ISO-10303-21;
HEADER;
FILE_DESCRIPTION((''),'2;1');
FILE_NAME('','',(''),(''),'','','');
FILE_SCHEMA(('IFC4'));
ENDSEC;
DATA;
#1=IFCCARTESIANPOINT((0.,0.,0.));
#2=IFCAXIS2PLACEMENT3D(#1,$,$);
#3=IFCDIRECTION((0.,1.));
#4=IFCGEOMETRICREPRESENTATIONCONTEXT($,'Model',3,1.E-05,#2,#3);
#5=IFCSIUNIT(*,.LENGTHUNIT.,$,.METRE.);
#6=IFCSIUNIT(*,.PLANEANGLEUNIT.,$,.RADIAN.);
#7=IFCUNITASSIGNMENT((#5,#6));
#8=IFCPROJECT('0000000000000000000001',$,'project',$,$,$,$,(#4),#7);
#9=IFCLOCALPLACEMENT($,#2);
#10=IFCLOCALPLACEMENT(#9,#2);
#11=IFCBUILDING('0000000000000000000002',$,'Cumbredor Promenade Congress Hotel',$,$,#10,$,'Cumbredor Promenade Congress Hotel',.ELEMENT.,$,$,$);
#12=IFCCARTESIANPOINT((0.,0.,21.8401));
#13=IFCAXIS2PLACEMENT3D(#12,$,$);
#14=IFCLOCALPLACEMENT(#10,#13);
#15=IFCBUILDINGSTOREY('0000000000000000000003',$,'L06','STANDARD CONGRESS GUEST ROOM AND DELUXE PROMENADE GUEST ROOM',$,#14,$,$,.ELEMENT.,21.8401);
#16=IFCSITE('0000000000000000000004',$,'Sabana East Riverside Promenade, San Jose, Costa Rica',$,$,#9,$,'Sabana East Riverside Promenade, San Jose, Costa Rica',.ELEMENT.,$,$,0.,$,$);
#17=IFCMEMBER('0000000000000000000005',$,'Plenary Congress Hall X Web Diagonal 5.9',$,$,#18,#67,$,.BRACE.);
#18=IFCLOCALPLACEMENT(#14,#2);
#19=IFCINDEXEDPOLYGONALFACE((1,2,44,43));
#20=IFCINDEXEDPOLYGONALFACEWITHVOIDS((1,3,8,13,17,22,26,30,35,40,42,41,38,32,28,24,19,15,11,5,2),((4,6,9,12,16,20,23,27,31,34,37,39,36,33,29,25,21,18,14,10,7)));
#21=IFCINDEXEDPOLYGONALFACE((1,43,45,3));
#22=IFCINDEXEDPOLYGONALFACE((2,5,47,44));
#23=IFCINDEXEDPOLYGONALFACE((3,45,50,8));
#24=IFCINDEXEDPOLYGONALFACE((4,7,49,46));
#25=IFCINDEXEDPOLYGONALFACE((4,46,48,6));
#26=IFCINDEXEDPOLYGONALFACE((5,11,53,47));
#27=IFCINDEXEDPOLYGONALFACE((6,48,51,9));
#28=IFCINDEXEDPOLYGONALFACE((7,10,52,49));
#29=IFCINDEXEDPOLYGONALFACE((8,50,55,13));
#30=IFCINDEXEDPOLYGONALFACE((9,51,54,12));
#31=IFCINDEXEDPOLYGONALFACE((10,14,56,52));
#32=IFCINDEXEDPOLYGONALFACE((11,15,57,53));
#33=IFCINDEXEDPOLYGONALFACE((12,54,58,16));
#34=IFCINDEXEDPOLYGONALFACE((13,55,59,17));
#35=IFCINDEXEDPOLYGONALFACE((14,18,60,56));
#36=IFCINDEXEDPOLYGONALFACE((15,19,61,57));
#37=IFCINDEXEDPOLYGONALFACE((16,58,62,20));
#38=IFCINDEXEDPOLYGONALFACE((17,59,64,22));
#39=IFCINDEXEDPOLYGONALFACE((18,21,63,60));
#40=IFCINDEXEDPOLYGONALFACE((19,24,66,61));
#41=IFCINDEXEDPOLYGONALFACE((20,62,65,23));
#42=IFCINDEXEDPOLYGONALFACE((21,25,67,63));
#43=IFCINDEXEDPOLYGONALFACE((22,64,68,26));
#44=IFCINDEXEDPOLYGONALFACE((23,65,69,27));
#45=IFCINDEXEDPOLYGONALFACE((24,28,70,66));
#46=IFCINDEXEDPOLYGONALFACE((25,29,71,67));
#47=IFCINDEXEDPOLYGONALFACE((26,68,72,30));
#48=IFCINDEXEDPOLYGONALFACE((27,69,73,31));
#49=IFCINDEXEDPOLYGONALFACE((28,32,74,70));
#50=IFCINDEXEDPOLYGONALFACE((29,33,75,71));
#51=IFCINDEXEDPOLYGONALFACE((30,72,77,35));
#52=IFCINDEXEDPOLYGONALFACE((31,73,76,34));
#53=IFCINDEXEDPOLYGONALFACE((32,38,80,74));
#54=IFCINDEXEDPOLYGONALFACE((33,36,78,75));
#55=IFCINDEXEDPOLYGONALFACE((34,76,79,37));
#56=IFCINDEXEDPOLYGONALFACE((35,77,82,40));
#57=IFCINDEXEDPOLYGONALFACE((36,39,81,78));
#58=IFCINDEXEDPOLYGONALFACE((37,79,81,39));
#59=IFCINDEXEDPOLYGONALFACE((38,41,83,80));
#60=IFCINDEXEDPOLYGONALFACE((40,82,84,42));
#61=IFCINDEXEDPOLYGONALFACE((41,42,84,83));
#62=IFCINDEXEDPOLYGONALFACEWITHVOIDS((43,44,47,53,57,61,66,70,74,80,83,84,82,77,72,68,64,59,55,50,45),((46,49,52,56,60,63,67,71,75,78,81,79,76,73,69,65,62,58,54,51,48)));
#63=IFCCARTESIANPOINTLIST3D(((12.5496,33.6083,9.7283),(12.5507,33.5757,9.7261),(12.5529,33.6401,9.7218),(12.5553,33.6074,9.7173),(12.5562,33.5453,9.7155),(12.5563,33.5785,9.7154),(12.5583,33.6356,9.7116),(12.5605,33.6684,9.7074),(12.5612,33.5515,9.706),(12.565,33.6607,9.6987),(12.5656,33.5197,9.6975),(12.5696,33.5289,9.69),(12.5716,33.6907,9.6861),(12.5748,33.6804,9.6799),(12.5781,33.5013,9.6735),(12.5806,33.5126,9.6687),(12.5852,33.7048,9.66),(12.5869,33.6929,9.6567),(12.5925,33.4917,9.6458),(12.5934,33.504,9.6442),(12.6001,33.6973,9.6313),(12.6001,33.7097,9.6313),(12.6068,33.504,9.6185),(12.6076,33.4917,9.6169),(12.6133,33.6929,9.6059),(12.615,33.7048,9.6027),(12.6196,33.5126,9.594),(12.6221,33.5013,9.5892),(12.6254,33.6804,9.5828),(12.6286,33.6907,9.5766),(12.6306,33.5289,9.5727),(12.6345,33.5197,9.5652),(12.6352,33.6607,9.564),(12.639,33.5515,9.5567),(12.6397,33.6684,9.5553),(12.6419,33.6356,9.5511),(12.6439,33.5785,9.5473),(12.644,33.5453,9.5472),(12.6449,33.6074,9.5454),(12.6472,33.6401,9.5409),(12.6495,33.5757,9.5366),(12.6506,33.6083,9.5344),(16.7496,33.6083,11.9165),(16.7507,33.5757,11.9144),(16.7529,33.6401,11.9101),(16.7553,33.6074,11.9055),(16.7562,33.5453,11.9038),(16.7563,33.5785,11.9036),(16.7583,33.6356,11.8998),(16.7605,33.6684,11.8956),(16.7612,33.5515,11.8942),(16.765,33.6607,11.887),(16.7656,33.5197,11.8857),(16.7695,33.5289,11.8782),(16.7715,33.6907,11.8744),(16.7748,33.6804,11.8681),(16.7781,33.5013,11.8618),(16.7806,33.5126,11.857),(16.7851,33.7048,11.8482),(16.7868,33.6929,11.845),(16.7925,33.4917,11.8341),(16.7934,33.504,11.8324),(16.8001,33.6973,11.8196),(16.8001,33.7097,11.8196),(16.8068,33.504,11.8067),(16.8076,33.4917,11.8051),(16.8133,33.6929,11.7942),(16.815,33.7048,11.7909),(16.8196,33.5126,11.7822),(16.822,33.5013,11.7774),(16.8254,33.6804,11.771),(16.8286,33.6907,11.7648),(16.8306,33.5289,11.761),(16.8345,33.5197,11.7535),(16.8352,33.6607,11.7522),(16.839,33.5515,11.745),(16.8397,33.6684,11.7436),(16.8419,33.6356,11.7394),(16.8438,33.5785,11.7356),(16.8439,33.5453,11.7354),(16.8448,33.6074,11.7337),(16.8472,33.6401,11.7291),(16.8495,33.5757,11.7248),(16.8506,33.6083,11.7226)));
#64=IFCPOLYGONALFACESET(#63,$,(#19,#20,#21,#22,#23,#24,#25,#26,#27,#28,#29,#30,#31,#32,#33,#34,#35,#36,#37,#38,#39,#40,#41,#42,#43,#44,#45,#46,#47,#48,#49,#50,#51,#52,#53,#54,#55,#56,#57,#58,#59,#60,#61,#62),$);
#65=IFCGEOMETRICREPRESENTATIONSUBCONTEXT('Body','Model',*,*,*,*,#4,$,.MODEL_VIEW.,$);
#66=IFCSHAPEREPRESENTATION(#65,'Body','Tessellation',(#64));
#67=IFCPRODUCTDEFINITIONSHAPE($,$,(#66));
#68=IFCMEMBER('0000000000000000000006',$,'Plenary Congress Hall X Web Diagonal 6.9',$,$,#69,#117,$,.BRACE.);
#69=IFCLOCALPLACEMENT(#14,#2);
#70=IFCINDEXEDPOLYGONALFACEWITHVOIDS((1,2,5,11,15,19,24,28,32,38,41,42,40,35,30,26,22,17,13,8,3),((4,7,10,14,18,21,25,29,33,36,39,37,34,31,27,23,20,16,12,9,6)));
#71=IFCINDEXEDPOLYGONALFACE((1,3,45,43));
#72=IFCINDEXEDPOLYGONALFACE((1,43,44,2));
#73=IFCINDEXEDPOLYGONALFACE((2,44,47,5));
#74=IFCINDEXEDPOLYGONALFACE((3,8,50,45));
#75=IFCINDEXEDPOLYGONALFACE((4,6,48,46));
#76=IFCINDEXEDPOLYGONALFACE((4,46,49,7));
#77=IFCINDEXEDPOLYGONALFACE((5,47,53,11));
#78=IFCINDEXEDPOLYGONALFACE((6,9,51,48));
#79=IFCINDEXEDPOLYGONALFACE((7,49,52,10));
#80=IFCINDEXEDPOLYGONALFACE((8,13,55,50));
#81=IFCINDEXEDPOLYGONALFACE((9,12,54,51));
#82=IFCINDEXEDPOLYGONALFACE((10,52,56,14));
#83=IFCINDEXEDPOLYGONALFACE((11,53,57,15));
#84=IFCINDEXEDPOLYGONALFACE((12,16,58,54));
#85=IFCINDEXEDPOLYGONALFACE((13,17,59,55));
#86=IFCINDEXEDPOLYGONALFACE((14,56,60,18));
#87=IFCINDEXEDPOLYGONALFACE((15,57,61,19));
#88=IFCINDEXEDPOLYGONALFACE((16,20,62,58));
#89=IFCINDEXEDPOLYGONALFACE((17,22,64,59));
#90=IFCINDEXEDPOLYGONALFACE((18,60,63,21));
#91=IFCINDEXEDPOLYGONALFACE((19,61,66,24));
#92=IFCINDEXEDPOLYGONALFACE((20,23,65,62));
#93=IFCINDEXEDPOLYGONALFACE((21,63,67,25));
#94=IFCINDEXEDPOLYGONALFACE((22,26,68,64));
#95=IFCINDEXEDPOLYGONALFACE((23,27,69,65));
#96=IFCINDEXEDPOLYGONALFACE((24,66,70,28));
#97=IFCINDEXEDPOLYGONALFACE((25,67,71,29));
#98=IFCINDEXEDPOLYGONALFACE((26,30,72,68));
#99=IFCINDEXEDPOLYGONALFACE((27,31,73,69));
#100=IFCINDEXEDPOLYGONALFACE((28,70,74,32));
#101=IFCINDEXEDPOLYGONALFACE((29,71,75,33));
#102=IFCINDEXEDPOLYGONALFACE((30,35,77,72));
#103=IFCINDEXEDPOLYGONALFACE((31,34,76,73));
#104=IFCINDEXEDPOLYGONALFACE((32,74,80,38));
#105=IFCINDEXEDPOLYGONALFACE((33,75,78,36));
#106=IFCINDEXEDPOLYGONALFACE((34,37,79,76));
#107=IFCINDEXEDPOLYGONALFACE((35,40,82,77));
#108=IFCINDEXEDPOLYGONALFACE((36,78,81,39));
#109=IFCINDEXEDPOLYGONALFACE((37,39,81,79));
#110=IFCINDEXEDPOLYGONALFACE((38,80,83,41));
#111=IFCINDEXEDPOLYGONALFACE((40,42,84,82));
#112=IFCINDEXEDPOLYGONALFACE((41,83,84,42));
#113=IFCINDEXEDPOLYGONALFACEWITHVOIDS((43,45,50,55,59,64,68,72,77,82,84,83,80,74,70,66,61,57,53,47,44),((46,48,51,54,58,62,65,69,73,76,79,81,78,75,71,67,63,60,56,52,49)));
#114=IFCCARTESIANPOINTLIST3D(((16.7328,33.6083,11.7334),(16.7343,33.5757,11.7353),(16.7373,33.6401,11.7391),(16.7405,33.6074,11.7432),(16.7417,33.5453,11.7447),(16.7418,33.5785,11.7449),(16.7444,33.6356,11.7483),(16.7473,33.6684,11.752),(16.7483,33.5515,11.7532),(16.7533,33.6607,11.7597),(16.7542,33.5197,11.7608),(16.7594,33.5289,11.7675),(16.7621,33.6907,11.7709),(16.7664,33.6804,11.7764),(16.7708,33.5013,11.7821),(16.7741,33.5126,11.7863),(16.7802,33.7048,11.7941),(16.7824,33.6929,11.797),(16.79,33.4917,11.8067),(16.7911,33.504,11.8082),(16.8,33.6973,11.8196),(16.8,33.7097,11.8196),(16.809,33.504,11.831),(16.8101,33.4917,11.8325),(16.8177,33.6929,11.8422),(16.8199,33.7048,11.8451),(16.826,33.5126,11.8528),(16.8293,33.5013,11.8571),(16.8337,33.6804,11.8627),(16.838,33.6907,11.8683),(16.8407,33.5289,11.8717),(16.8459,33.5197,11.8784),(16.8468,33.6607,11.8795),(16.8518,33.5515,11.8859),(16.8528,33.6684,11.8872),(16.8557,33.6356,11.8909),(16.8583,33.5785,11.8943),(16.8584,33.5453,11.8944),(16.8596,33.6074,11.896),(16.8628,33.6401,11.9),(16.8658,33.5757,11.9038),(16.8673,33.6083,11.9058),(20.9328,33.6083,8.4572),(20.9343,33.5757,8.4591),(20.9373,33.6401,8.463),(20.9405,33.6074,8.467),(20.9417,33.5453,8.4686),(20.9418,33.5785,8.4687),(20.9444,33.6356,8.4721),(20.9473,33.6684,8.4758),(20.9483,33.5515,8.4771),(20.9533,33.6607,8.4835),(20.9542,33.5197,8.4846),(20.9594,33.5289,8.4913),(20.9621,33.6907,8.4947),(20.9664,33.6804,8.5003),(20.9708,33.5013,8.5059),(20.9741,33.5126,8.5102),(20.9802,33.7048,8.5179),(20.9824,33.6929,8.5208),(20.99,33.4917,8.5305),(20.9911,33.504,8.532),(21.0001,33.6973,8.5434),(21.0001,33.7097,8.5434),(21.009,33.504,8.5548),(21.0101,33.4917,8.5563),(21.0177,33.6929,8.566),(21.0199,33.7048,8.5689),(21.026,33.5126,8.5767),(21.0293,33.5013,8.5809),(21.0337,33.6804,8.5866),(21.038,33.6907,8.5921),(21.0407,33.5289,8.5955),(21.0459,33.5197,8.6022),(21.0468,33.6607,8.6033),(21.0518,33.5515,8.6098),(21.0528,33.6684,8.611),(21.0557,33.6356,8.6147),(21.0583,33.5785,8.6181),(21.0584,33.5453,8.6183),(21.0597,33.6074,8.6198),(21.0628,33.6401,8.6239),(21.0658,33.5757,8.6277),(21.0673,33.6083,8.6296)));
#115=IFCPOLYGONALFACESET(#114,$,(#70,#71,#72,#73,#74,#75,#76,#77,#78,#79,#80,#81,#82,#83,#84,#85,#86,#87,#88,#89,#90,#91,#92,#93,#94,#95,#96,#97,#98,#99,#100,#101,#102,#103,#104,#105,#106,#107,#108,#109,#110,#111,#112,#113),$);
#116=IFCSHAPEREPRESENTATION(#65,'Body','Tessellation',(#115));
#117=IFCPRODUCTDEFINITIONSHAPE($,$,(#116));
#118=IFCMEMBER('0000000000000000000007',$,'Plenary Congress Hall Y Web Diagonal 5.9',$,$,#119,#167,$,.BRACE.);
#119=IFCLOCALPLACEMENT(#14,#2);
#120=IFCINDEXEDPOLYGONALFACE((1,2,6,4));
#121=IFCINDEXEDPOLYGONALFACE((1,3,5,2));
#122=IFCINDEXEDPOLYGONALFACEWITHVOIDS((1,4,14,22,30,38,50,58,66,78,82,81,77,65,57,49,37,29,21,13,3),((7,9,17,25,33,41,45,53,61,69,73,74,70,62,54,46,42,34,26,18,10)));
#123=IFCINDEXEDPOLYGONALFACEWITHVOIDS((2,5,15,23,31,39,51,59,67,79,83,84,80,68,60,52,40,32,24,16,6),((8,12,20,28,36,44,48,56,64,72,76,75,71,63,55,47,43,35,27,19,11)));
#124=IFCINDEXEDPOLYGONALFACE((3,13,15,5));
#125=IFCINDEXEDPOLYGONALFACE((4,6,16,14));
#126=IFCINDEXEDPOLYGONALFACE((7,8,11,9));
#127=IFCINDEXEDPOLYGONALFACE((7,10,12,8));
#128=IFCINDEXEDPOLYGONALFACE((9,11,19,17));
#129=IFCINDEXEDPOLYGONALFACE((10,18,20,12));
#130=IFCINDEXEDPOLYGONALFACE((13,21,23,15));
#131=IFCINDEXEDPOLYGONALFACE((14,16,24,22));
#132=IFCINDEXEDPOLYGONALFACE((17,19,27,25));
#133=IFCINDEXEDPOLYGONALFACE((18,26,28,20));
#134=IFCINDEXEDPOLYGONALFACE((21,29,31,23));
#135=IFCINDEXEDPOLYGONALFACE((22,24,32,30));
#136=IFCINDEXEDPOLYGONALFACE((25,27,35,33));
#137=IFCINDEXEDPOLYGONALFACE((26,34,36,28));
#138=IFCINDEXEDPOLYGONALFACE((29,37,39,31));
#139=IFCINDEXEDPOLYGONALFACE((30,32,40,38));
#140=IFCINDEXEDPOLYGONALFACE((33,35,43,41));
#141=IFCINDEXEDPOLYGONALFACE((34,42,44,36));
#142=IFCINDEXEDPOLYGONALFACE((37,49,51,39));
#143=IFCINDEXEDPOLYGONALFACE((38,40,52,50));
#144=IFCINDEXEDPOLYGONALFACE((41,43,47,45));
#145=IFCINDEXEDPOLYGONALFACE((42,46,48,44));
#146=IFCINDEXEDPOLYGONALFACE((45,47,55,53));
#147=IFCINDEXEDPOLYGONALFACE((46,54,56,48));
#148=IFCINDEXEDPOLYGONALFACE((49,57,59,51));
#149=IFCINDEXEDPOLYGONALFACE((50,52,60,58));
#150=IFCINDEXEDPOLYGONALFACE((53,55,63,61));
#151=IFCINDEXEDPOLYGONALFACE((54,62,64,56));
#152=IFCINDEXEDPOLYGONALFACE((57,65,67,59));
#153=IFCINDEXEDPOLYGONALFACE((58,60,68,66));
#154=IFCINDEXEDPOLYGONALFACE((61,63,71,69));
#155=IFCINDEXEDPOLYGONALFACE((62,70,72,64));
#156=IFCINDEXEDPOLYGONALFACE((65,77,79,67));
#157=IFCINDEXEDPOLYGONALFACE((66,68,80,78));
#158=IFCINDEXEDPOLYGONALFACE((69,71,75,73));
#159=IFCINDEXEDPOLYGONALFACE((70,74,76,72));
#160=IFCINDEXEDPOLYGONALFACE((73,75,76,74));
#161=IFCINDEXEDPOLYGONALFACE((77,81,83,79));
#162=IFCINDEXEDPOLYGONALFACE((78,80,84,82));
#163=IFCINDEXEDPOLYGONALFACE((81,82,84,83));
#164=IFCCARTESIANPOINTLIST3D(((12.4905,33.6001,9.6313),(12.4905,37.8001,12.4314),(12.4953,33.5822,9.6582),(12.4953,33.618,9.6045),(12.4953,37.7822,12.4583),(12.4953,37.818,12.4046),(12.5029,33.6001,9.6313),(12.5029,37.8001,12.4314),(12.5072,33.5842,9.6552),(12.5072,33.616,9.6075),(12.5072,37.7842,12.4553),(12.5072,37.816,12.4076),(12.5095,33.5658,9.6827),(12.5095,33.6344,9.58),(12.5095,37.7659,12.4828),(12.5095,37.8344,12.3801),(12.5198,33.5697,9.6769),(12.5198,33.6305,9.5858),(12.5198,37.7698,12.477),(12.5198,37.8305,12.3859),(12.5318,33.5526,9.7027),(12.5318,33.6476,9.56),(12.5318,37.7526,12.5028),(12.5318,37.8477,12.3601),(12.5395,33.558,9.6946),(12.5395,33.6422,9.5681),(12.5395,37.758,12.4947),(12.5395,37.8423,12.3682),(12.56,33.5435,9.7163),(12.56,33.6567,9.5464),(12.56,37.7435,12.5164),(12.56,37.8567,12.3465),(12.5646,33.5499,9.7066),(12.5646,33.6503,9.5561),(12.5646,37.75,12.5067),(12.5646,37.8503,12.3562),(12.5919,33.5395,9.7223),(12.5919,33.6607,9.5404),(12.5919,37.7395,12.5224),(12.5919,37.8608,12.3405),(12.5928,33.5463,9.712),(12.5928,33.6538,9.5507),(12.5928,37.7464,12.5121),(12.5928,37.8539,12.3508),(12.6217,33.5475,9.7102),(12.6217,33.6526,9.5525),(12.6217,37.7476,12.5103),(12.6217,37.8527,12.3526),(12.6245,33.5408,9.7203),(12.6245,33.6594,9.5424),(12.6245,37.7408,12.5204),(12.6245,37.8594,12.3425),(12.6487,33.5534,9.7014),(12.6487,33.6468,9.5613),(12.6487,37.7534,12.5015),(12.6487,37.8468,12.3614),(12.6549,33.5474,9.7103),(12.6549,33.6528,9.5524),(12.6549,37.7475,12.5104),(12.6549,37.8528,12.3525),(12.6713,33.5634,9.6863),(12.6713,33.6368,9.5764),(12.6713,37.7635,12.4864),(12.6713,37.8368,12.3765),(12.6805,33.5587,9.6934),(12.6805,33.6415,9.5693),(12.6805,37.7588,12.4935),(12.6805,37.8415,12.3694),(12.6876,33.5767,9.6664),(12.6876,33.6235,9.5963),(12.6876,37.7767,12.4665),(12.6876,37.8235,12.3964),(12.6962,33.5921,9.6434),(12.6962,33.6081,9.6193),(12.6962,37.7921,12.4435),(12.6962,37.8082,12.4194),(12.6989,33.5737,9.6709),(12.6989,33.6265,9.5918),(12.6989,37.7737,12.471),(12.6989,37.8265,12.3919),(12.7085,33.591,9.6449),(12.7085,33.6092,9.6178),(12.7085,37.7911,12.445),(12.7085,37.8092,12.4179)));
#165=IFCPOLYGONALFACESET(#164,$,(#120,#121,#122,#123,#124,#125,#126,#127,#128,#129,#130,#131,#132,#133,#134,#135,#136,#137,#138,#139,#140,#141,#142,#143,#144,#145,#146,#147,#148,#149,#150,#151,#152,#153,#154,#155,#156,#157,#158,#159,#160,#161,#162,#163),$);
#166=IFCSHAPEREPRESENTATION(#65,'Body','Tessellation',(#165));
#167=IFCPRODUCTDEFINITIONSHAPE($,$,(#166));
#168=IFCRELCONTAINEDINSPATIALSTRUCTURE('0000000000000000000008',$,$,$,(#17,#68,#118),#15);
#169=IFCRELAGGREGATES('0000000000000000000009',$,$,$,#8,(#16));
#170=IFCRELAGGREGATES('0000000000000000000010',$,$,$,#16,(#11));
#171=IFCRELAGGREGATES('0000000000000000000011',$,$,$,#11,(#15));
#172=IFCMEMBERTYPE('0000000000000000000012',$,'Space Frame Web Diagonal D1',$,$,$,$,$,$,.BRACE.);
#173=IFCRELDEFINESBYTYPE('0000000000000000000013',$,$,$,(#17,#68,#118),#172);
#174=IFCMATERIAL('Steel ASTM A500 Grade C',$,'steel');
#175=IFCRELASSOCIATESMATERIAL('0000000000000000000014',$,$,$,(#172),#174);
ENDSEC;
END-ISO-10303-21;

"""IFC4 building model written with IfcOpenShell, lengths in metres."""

from ifc_helpers import new_model, si_unit, direction, frame, origin, origin_2d, place, context, subcontext, project, spatial, hollow_circle, extrude, material, material_profile, profile_set, type_object, element, save


model = new_model("IFC4")

# Units and contexts
model_context = context("Model", 3, precision=1e-05, world=origin(), true_north=direction((0.0, 1.0)))
body_context = subcontext(model_context, "Body", "Model", "MODEL_VIEW")
ifc_project = project(units=[si_unit("LENGTHUNIT", "METRE"), si_unit("PLANEANGLEUNIT", "RADIAN")], contexts=[model_context])

# Site, building, storey
site_placement = place(None, origin())
site = spatial("IfcSite", under=ifc_project, at=site_placement, Name="Sabana East Riverside Promenade, San Jose, Costa Rica", LongName="Sabana East Riverside Promenade, San Jose, Costa Rica", CompositionType="ELEMENT", RefElevation=0.0)
building_placement = place(site_placement, origin())
building = spatial("IfcBuilding", under=site, at=building_placement, Name="Cumbredor Promenade Congress Hotel", LongName="Cumbredor Promenade Congress Hotel", CompositionType="ELEMENT")
storey_placement = place(building_placement, frame((0.0, 0.0, 21.8401)))
storey = spatial("IfcBuildingStorey", under=building, at=storey_placement, Name="L06", Description="STANDARD CONGRESS GUEST ROOM AND DELUXE PROMENADE GUEST ROOM", CompositionType="ELEMENT", Elevation=21.8401)

# Members
ifc_material_1 = material(Name="Steel ASTM A500 Grade C", Category="steel")
ifc_material_profile_1 = material_profile(ifc_material_1, hollow_circle(Radius=0.1096, WallThickness=0.0125, at=origin_2d()), Name="CHS 219.1x12.5")
ifc_profile_set_1 = profile_set([ifc_material_profile_1], Name="Steel ASTM A500 Grade C")
member_type_1 = type_object("IfcMemberType", Name="Space Frame Web Diagonal D1", PredefinedType="BRACE", material=ifc_profile_set_1)
member_1_placement = place(storey_placement, frame((12.6001, 33.6001, 9.6313), z_axis=(0.886849, 0.0, 0.46206), x_axis=(0.0, 1.0, 0.0)))
element("IfcMember", 1, at=member_1_placement, inside=storey, type_object=member_type_1, Name="Plenary Congress Hall X Web Diagonal 5.9", PredefinedType="BRACE", context=body_context, shape_type="SweptSolid", body=[
    extrude(hollow_circle(Radius=0.1096, WallThickness=0.0125, at=origin_2d()), origin(), (0.0, 0.0, 1.0), 4.7358),
])
member_2_placement = place(storey_placement, frame((16.8, 33.6001, 11.8196), z_axis=(0.788488, 0.0, -0.615051), x_axis=(0.0, 1.0, 0.0)))
element("IfcMember", 2, at=member_2_placement, inside=storey, type_object=member_type_1, Name="Plenary Congress Hall X Web Diagonal 6.9", PredefinedType="BRACE", context=body_context, shape_type="SweptSolid", body=[
    extrude(hollow_circle(Radius=0.1096, WallThickness=0.0125, at=origin_2d()), origin(), (0.0, 0.0, 1.0), 5.3267),
])
member_3_placement = place(storey_placement, frame((12.6001, 33.6001, 9.6313), z_axis=(0.0, 0.832043, 0.554711), x_axis=(-1.0, 0.0, 0.0)))
element("IfcMember", 3, at=member_3_placement, inside=storey, type_object=member_type_1, Name="Plenary Congress Hall Y Web Diagonal 5.9", PredefinedType="BRACE", context=body_context, shape_type="SweptSolid", body=[
    extrude(hollow_circle(Radius=0.1096, WallThickness=0.0125, at=origin_2d()), origin(), (0.0, 0.0, 1.0), 5.0479),
])

save(model, "model.ifc")
